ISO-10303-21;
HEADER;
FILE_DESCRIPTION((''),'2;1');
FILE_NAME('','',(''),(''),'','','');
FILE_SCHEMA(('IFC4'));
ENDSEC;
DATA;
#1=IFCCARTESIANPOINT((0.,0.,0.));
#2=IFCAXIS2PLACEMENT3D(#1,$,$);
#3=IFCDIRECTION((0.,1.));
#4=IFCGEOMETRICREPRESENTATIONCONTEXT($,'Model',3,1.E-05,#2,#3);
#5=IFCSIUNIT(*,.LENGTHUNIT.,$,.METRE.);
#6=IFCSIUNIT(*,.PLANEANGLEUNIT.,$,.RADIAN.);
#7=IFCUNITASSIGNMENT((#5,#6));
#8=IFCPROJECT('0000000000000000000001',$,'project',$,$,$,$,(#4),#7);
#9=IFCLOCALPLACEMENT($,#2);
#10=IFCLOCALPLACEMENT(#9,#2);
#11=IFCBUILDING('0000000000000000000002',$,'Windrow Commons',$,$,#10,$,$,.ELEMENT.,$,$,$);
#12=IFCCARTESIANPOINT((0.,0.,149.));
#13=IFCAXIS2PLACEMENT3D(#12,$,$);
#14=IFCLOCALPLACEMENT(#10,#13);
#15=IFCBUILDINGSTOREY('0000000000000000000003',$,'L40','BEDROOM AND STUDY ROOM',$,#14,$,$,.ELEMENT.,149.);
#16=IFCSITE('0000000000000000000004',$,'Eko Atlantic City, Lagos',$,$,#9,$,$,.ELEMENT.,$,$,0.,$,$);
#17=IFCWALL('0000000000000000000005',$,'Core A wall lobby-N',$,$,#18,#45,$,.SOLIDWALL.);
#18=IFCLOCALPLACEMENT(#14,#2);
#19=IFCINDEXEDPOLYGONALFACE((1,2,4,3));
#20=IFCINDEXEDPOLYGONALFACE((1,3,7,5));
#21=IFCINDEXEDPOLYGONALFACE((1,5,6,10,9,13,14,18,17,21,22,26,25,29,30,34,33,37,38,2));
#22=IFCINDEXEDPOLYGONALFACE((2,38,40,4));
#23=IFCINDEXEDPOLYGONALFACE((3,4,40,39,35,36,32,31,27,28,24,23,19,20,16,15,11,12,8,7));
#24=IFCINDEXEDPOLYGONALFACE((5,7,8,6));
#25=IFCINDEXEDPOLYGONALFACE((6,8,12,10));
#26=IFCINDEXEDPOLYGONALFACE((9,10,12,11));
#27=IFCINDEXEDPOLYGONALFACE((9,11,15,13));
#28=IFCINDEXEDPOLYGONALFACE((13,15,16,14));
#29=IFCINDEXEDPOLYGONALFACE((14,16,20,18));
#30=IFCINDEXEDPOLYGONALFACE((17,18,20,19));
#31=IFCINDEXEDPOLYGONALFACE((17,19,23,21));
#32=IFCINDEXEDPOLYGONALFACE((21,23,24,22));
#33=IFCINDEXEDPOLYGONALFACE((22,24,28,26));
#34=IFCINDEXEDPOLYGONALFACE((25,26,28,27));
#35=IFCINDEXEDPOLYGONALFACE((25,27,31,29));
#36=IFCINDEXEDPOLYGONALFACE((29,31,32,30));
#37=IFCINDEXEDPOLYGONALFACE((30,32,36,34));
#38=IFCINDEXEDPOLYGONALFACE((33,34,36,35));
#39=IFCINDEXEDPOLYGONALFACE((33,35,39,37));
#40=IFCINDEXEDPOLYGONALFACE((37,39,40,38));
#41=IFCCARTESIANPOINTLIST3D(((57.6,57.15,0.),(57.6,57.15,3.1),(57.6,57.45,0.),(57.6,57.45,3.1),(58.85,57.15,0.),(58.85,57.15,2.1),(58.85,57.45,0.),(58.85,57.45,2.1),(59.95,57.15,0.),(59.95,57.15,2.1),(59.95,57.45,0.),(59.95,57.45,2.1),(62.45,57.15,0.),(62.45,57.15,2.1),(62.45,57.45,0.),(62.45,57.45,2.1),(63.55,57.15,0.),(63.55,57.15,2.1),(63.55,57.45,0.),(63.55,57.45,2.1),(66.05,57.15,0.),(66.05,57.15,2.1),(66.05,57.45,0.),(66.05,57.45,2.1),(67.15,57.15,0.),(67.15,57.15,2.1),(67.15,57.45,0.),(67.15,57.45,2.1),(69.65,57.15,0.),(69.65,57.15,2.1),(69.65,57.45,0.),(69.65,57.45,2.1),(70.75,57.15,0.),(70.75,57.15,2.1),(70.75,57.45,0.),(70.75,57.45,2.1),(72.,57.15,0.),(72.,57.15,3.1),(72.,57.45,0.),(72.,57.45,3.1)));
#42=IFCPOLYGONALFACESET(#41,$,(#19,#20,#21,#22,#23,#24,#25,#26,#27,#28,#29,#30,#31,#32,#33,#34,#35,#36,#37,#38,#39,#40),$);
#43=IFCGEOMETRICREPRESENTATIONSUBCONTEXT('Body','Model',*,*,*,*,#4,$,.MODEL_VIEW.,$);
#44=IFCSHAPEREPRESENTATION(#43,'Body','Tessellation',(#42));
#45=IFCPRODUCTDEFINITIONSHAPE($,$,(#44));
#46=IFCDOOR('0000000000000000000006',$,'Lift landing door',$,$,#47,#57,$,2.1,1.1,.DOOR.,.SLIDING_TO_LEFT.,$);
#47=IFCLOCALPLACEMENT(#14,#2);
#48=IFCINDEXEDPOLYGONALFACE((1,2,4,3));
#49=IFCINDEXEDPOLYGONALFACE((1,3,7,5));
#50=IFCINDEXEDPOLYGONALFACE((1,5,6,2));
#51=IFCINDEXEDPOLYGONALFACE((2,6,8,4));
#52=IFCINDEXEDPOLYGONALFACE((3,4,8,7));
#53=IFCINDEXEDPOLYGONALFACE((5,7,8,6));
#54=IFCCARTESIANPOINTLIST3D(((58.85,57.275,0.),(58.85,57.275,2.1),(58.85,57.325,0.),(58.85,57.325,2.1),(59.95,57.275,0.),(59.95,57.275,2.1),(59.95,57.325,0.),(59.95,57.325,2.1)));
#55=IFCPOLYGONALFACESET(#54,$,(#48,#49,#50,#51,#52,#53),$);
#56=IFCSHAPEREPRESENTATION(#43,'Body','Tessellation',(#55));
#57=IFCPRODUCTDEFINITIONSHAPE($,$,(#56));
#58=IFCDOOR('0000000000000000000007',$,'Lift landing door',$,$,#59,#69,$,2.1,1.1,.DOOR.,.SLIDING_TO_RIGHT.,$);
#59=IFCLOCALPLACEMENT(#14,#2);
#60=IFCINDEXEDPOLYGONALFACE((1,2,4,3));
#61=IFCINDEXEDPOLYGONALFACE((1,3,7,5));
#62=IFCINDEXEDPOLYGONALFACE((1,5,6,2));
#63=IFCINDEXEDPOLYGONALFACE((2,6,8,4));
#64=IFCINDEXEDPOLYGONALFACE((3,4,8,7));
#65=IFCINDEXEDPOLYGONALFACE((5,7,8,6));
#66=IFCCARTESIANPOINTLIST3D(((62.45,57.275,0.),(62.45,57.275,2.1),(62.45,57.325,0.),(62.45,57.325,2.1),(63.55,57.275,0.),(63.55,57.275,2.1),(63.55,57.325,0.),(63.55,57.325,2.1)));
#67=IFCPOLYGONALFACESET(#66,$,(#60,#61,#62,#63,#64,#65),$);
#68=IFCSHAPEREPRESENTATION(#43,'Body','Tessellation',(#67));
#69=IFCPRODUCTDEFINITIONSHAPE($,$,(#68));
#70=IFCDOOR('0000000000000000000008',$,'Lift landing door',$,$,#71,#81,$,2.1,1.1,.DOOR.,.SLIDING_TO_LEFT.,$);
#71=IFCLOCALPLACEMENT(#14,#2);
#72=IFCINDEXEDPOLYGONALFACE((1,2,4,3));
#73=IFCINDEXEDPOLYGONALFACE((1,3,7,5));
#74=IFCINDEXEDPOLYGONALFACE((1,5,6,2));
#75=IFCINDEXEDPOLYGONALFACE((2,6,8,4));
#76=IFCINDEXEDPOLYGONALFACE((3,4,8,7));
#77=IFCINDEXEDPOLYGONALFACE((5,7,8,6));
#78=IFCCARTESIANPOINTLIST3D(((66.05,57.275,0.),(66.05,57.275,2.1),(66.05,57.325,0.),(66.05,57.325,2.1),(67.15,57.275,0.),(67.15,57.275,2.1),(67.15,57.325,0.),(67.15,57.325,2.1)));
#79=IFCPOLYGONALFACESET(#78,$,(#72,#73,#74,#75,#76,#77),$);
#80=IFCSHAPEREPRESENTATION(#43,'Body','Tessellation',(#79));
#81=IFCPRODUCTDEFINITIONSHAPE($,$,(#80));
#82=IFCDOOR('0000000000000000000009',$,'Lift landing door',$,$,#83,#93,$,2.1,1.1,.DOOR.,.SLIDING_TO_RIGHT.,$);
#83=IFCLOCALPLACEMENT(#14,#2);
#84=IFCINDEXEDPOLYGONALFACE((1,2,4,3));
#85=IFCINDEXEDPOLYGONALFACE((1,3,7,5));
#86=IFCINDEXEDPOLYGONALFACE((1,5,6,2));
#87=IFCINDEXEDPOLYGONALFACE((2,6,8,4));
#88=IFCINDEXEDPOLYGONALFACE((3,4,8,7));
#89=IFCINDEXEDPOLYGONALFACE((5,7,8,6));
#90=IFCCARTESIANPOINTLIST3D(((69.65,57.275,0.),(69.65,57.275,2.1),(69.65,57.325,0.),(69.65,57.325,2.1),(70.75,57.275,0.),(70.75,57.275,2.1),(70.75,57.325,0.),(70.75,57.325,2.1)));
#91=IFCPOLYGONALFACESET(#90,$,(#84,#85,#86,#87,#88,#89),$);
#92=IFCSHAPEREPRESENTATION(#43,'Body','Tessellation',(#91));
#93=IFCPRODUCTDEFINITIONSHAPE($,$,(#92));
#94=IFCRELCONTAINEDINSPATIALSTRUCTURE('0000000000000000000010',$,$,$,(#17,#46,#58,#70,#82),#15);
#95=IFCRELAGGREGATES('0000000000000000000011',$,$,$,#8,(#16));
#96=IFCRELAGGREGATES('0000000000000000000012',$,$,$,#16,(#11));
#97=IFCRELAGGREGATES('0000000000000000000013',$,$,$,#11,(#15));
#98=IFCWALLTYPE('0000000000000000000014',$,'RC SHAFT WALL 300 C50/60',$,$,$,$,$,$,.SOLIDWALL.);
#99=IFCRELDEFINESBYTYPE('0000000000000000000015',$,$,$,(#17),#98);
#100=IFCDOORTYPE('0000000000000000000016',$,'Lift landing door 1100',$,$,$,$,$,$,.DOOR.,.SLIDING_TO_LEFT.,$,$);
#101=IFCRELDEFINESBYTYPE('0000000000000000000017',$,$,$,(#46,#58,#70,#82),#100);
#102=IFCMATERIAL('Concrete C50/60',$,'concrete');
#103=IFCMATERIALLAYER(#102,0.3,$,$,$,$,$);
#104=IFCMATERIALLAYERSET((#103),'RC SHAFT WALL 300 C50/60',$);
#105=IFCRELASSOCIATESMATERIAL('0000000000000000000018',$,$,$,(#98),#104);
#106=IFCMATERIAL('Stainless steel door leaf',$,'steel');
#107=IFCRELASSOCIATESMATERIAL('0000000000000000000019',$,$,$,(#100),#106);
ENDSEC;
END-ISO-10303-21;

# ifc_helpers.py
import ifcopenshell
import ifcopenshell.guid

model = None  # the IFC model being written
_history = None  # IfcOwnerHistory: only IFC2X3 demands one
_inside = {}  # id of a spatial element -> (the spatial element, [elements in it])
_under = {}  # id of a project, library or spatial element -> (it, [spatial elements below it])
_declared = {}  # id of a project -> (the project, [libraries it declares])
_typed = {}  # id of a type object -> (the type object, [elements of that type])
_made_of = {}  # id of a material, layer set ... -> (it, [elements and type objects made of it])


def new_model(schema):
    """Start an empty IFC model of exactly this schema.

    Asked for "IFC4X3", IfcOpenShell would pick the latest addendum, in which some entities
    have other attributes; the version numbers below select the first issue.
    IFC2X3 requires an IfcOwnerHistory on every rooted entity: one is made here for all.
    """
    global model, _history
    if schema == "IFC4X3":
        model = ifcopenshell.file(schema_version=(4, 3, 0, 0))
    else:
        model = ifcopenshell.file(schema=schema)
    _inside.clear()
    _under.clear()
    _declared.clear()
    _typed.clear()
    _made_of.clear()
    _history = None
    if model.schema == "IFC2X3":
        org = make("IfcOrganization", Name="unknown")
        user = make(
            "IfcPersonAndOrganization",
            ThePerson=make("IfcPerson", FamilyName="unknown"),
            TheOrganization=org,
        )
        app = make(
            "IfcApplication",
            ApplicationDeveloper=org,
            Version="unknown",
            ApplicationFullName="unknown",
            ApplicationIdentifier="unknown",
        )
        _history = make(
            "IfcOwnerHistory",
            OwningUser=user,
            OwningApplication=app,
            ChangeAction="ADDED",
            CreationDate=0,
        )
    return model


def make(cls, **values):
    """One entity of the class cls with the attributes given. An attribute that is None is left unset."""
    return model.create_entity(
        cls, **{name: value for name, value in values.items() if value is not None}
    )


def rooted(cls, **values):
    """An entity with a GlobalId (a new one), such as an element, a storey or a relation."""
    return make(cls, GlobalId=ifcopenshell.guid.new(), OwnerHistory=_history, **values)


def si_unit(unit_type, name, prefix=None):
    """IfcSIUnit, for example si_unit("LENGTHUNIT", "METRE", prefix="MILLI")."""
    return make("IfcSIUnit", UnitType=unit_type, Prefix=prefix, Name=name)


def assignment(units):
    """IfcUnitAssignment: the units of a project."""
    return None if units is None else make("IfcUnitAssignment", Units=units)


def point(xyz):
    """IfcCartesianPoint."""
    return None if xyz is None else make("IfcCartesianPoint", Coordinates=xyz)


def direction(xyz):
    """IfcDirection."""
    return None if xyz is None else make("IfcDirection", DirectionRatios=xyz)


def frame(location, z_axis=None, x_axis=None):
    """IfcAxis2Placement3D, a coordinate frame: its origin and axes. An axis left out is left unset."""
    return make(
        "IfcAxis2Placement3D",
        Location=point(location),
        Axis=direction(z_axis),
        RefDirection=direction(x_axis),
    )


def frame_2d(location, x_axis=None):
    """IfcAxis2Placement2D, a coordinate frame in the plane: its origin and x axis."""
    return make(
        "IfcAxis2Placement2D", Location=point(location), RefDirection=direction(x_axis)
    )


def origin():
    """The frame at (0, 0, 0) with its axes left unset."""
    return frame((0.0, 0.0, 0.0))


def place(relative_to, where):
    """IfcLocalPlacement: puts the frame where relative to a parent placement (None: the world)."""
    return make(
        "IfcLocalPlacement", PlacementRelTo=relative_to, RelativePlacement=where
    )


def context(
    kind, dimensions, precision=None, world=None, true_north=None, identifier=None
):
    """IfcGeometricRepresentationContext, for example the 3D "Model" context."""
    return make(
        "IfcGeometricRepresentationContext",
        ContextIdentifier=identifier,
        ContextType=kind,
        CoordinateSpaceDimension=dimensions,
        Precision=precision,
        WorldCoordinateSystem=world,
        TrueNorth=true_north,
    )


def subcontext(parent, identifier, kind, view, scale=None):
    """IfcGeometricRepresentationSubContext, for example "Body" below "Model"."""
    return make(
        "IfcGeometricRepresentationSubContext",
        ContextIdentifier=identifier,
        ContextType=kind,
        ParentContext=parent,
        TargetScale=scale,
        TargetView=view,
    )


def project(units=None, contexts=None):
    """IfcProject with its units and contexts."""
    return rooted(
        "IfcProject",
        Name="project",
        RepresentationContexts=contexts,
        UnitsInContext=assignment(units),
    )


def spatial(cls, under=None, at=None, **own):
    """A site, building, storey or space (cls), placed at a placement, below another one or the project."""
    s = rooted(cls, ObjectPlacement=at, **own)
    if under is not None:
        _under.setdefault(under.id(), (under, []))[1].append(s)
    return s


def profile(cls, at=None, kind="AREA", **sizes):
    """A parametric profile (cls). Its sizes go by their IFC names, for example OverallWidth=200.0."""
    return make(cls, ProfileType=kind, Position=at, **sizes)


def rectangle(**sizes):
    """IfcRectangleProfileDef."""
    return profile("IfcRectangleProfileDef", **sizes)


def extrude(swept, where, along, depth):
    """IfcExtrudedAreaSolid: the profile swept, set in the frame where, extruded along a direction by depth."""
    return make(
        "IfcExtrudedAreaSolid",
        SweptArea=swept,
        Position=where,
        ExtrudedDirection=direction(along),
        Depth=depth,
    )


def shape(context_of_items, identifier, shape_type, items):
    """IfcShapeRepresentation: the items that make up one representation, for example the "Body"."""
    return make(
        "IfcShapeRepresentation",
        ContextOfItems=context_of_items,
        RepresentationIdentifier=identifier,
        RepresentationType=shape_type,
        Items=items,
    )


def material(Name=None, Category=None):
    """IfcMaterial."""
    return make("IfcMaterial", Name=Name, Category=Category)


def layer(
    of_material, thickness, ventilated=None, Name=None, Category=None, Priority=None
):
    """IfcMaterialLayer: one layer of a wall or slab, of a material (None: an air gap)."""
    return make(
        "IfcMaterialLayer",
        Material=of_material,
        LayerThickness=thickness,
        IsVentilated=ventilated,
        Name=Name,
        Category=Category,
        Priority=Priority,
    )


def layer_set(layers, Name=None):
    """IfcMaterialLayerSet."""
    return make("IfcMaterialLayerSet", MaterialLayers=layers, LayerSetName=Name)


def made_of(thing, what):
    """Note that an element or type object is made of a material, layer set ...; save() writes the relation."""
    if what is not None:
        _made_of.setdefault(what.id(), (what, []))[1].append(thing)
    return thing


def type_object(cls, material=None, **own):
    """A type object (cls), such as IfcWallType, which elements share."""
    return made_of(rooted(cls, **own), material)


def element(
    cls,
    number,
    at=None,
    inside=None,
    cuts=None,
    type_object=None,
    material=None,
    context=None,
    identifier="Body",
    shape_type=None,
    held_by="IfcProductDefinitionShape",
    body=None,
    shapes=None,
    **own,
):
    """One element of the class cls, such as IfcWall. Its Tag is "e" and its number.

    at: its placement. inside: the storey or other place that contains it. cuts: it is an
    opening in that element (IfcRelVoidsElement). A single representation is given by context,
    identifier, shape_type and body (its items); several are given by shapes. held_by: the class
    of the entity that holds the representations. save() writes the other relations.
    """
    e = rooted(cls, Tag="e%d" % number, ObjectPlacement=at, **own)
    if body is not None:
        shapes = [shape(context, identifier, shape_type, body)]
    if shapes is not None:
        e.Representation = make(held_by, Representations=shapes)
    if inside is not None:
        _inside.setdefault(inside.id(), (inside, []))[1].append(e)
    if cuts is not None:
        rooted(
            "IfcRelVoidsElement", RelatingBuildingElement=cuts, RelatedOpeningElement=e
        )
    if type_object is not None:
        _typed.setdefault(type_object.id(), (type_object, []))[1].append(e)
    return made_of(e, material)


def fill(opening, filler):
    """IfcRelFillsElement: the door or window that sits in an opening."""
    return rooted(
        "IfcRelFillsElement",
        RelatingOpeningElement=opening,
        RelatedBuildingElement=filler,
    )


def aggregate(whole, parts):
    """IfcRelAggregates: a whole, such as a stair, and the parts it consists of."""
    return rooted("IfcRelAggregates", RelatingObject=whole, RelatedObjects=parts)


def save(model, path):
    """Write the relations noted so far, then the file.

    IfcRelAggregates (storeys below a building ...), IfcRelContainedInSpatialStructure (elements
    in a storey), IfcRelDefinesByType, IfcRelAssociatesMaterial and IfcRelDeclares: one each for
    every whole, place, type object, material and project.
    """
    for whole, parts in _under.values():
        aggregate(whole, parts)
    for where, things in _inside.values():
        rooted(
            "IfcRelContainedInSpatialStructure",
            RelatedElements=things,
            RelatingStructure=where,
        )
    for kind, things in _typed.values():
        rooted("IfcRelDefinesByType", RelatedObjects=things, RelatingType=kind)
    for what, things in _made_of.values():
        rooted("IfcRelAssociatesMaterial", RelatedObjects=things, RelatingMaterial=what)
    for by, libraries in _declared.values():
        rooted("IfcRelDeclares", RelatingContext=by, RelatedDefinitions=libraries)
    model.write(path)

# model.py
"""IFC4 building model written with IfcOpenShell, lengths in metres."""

from ifc_helpers import new_model, si_unit, direction, frame, frame_2d, origin, place, context, subcontext, project, spatial, rectangle, extrude, material, layer, layer_set, type_object, element, fill, save


model = new_model("IFC4")

# Units and contexts
model_context = context("Model", 3, precision=1e-05, world=origin(), true_north=direction((0.0, 1.0)))
body_context = subcontext(model_context, "Body", "Model", "MODEL_VIEW")
ifc_project = project(units=[si_unit("LENGTHUNIT", "METRE"), si_unit("PLANEANGLEUNIT", "RADIAN")], contexts=[model_context])

# Site, building, storey
site_placement = place(None, origin())
site = spatial("IfcSite", under=ifc_project, at=site_placement, Name="Eko Atlantic City, Lagos", CompositionType="ELEMENT", RefElevation=0.0)
building_placement = place(site_placement, origin())
building = spatial("IfcBuilding", under=site, at=building_placement, Name="Windrow Commons", CompositionType="ELEMENT")
storey_placement = place(building_placement, frame((0.0, 0.0, 149.0)))
storey = spatial("IfcBuildingStorey", under=building, at=storey_placement, Name="L40", Description="BEDROOM AND STUDY ROOM", CompositionType="ELEMENT", Elevation=149.0)

# Wall, openings, doors
ifc_material_1 = material(Name="Concrete C50/60", Category="concrete")
ifc_layer_1 = layer(ifc_material_1, 0.3)
ifc_layer_set_1 = layer_set([ifc_layer_1], Name="RC SHAFT WALL 300 C50/60")
wall_type_1 = type_object("IfcWallType", Name="RC SHAFT WALL 300 C50/60", PredefinedType="SOLIDWALL", material=ifc_layer_set_1)
ifc_material_2 = material(Name="Stainless steel door leaf", Category="steel")
door_type_1 = type_object("IfcDoorType", Name="Lift landing door 1100", OperationType="SLIDING_TO_LEFT", PredefinedType="DOOR", material=ifc_material_2)
wall_1_placement = place(storey_placement, frame((57.6, 57.3, 0.0), z_axis=(0.0, 0.0, 1.0), x_axis=(1.0, 0.0, 0.0)))
wall_1 = element("IfcWall", 1, at=wall_1_placement, inside=storey, type_object=wall_type_1, Name="Core A wall lobby-N", PredefinedType="SOLIDWALL", context=body_context, shape_type="SweptSolid", body=[
    extrude(rectangle(XDim=14.4, YDim=0.3, at=frame_2d((7.2, 0.0))), origin(), (0.0, 0.0, 1.0), 3.1),
])
opening_1_placement = place(wall_1_placement, frame((1.25, 0.0, 0.0)))
opening_1 = element("IfcOpeningElement", 2, at=opening_1_placement, cuts=wall_1, PredefinedType="OPENING", context=body_context, shape_type="SweptSolid", body=[
    extrude(rectangle(XDim=1.1, YDim=2.1, at=frame_2d((0.55, 1.05))), frame((0.0, 0.16, 0.0), z_axis=(0.0, -1.0, 0.0), x_axis=(1.0, 0.0, 0.0)), (0.0, 0.0, 1.0), 0.32),
])
opening_2_placement = place(wall_1_placement, frame((4.85, 0.0, 0.0)))
opening_2 = element("IfcOpeningElement", 3, at=opening_2_placement, cuts=wall_1, PredefinedType="OPENING", context=body_context, shape_type="SweptSolid", body=[
    extrude(rectangle(XDim=1.1, YDim=2.1, at=frame_2d((0.55, 1.05))), frame((0.0, 0.16, 0.0), z_axis=(0.0, -1.0, 0.0), x_axis=(1.0, 0.0, 0.0)), (0.0, 0.0, 1.0), 0.32),
])
opening_3_placement = place(wall_1_placement, frame((8.45, 0.0, 0.0)))
opening_3 = element("IfcOpeningElement", 4, at=opening_3_placement, cuts=wall_1, PredefinedType="OPENING", context=body_context, shape_type="SweptSolid", body=[
    extrude(rectangle(XDim=1.1, YDim=2.1, at=frame_2d((0.55, 1.05))), frame((0.0, 0.16, 0.0), z_axis=(0.0, -1.0, 0.0), x_axis=(1.0, 0.0, 0.0)), (0.0, 0.0, 1.0), 0.32),
])
opening_4_placement = place(wall_1_placement, frame((12.05, 0.0, 0.0)))
opening_4 = element("IfcOpeningElement", 5, at=opening_4_placement, cuts=wall_1, PredefinedType="OPENING", context=body_context, shape_type="SweptSolid", body=[
    extrude(rectangle(XDim=1.1, YDim=2.1, at=frame_2d((0.55, 1.05))), frame((0.0, 0.16, 0.0), z_axis=(0.0, -1.0, 0.0), x_axis=(1.0, 0.0, 0.0)), (0.0, 0.0, 1.0), 0.32),
])
door_1_placement = place(opening_1_placement, origin())
door_1 = element("IfcDoor", 6, at=door_1_placement, inside=storey, type_object=door_type_1, Name="Lift landing door", OperationType="SLIDING_TO_LEFT", OverallHeight=2.1, OverallWidth=1.1, PredefinedType="DOOR", context=body_context, shape_type="SweptSolid", body=[
    extrude(rectangle(XDim=1.1, YDim=2.1, at=frame_2d((0.55, 1.05))), frame((0.0, 0.025, 0.0), z_axis=(0.0, -1.0, 0.0), x_axis=(1.0, 0.0, 0.0)), (0.0, 0.0, 1.0), 0.05),
])
fill(opening_1, door_1)
door_2_placement = place(opening_2_placement, origin())
door_2 = element("IfcDoor", 7, at=door_2_placement, inside=storey, type_object=door_type_1, Name="Lift landing door", OperationType="SLIDING_TO_RIGHT", OverallHeight=2.1, OverallWidth=1.1, PredefinedType="DOOR", context=body_context, shape_type="SweptSolid", body=[
    extrude(rectangle(XDim=1.1, YDim=2.1, at=frame_2d((0.55, 1.05))), frame((0.0, 0.025, 0.0), z_axis=(0.0, -1.0, 0.0), x_axis=(1.0, 0.0, 0.0)), (0.0, 0.0, 1.0), 0.05),
])
fill(opening_2, door_2)
door_3_placement = place(opening_3_placement, origin())
door_3 = element("IfcDoor", 8, at=door_3_placement, inside=storey, type_object=door_type_1, Name="Lift landing door", OperationType="SLIDING_TO_LEFT", OverallHeight=2.1, OverallWidth=1.1, PredefinedType="DOOR", context=body_context, shape_type="SweptSolid", body=[
    extrude(rectangle(XDim=1.1, YDim=2.1, at=frame_2d((0.55, 1.05))), frame((0.0, 0.025, 0.0), z_axis=(0.0, -1.0, 0.0), x_axis=(1.0, 0.0, 0.0)), (0.0, 0.0, 1.0), 0.05),
])
fill(opening_3, door_3)
door_4_placement = place(opening_4_placement, origin())
door_4 = element("IfcDoor", 9, at=door_4_placement, inside=storey, type_object=door_type_1, Name="Lift landing door", OperationType="SLIDING_TO_RIGHT", OverallHeight=2.1, OverallWidth=1.1, PredefinedType="DOOR", context=body_context, shape_type="SweptSolid", body=[
    extrude(rectangle(XDim=1.1, YDim=2.1, at=frame_2d((0.55, 1.05))), frame((0.0, 0.025, 0.0), z_axis=(0.0, -1.0, 0.0), x_axis=(1.0, 0.0, 0.0)), (0.0, 0.0, 1.0), 0.05),
])
fill(opening_4, door_4)

save(model, "model.ifc")
